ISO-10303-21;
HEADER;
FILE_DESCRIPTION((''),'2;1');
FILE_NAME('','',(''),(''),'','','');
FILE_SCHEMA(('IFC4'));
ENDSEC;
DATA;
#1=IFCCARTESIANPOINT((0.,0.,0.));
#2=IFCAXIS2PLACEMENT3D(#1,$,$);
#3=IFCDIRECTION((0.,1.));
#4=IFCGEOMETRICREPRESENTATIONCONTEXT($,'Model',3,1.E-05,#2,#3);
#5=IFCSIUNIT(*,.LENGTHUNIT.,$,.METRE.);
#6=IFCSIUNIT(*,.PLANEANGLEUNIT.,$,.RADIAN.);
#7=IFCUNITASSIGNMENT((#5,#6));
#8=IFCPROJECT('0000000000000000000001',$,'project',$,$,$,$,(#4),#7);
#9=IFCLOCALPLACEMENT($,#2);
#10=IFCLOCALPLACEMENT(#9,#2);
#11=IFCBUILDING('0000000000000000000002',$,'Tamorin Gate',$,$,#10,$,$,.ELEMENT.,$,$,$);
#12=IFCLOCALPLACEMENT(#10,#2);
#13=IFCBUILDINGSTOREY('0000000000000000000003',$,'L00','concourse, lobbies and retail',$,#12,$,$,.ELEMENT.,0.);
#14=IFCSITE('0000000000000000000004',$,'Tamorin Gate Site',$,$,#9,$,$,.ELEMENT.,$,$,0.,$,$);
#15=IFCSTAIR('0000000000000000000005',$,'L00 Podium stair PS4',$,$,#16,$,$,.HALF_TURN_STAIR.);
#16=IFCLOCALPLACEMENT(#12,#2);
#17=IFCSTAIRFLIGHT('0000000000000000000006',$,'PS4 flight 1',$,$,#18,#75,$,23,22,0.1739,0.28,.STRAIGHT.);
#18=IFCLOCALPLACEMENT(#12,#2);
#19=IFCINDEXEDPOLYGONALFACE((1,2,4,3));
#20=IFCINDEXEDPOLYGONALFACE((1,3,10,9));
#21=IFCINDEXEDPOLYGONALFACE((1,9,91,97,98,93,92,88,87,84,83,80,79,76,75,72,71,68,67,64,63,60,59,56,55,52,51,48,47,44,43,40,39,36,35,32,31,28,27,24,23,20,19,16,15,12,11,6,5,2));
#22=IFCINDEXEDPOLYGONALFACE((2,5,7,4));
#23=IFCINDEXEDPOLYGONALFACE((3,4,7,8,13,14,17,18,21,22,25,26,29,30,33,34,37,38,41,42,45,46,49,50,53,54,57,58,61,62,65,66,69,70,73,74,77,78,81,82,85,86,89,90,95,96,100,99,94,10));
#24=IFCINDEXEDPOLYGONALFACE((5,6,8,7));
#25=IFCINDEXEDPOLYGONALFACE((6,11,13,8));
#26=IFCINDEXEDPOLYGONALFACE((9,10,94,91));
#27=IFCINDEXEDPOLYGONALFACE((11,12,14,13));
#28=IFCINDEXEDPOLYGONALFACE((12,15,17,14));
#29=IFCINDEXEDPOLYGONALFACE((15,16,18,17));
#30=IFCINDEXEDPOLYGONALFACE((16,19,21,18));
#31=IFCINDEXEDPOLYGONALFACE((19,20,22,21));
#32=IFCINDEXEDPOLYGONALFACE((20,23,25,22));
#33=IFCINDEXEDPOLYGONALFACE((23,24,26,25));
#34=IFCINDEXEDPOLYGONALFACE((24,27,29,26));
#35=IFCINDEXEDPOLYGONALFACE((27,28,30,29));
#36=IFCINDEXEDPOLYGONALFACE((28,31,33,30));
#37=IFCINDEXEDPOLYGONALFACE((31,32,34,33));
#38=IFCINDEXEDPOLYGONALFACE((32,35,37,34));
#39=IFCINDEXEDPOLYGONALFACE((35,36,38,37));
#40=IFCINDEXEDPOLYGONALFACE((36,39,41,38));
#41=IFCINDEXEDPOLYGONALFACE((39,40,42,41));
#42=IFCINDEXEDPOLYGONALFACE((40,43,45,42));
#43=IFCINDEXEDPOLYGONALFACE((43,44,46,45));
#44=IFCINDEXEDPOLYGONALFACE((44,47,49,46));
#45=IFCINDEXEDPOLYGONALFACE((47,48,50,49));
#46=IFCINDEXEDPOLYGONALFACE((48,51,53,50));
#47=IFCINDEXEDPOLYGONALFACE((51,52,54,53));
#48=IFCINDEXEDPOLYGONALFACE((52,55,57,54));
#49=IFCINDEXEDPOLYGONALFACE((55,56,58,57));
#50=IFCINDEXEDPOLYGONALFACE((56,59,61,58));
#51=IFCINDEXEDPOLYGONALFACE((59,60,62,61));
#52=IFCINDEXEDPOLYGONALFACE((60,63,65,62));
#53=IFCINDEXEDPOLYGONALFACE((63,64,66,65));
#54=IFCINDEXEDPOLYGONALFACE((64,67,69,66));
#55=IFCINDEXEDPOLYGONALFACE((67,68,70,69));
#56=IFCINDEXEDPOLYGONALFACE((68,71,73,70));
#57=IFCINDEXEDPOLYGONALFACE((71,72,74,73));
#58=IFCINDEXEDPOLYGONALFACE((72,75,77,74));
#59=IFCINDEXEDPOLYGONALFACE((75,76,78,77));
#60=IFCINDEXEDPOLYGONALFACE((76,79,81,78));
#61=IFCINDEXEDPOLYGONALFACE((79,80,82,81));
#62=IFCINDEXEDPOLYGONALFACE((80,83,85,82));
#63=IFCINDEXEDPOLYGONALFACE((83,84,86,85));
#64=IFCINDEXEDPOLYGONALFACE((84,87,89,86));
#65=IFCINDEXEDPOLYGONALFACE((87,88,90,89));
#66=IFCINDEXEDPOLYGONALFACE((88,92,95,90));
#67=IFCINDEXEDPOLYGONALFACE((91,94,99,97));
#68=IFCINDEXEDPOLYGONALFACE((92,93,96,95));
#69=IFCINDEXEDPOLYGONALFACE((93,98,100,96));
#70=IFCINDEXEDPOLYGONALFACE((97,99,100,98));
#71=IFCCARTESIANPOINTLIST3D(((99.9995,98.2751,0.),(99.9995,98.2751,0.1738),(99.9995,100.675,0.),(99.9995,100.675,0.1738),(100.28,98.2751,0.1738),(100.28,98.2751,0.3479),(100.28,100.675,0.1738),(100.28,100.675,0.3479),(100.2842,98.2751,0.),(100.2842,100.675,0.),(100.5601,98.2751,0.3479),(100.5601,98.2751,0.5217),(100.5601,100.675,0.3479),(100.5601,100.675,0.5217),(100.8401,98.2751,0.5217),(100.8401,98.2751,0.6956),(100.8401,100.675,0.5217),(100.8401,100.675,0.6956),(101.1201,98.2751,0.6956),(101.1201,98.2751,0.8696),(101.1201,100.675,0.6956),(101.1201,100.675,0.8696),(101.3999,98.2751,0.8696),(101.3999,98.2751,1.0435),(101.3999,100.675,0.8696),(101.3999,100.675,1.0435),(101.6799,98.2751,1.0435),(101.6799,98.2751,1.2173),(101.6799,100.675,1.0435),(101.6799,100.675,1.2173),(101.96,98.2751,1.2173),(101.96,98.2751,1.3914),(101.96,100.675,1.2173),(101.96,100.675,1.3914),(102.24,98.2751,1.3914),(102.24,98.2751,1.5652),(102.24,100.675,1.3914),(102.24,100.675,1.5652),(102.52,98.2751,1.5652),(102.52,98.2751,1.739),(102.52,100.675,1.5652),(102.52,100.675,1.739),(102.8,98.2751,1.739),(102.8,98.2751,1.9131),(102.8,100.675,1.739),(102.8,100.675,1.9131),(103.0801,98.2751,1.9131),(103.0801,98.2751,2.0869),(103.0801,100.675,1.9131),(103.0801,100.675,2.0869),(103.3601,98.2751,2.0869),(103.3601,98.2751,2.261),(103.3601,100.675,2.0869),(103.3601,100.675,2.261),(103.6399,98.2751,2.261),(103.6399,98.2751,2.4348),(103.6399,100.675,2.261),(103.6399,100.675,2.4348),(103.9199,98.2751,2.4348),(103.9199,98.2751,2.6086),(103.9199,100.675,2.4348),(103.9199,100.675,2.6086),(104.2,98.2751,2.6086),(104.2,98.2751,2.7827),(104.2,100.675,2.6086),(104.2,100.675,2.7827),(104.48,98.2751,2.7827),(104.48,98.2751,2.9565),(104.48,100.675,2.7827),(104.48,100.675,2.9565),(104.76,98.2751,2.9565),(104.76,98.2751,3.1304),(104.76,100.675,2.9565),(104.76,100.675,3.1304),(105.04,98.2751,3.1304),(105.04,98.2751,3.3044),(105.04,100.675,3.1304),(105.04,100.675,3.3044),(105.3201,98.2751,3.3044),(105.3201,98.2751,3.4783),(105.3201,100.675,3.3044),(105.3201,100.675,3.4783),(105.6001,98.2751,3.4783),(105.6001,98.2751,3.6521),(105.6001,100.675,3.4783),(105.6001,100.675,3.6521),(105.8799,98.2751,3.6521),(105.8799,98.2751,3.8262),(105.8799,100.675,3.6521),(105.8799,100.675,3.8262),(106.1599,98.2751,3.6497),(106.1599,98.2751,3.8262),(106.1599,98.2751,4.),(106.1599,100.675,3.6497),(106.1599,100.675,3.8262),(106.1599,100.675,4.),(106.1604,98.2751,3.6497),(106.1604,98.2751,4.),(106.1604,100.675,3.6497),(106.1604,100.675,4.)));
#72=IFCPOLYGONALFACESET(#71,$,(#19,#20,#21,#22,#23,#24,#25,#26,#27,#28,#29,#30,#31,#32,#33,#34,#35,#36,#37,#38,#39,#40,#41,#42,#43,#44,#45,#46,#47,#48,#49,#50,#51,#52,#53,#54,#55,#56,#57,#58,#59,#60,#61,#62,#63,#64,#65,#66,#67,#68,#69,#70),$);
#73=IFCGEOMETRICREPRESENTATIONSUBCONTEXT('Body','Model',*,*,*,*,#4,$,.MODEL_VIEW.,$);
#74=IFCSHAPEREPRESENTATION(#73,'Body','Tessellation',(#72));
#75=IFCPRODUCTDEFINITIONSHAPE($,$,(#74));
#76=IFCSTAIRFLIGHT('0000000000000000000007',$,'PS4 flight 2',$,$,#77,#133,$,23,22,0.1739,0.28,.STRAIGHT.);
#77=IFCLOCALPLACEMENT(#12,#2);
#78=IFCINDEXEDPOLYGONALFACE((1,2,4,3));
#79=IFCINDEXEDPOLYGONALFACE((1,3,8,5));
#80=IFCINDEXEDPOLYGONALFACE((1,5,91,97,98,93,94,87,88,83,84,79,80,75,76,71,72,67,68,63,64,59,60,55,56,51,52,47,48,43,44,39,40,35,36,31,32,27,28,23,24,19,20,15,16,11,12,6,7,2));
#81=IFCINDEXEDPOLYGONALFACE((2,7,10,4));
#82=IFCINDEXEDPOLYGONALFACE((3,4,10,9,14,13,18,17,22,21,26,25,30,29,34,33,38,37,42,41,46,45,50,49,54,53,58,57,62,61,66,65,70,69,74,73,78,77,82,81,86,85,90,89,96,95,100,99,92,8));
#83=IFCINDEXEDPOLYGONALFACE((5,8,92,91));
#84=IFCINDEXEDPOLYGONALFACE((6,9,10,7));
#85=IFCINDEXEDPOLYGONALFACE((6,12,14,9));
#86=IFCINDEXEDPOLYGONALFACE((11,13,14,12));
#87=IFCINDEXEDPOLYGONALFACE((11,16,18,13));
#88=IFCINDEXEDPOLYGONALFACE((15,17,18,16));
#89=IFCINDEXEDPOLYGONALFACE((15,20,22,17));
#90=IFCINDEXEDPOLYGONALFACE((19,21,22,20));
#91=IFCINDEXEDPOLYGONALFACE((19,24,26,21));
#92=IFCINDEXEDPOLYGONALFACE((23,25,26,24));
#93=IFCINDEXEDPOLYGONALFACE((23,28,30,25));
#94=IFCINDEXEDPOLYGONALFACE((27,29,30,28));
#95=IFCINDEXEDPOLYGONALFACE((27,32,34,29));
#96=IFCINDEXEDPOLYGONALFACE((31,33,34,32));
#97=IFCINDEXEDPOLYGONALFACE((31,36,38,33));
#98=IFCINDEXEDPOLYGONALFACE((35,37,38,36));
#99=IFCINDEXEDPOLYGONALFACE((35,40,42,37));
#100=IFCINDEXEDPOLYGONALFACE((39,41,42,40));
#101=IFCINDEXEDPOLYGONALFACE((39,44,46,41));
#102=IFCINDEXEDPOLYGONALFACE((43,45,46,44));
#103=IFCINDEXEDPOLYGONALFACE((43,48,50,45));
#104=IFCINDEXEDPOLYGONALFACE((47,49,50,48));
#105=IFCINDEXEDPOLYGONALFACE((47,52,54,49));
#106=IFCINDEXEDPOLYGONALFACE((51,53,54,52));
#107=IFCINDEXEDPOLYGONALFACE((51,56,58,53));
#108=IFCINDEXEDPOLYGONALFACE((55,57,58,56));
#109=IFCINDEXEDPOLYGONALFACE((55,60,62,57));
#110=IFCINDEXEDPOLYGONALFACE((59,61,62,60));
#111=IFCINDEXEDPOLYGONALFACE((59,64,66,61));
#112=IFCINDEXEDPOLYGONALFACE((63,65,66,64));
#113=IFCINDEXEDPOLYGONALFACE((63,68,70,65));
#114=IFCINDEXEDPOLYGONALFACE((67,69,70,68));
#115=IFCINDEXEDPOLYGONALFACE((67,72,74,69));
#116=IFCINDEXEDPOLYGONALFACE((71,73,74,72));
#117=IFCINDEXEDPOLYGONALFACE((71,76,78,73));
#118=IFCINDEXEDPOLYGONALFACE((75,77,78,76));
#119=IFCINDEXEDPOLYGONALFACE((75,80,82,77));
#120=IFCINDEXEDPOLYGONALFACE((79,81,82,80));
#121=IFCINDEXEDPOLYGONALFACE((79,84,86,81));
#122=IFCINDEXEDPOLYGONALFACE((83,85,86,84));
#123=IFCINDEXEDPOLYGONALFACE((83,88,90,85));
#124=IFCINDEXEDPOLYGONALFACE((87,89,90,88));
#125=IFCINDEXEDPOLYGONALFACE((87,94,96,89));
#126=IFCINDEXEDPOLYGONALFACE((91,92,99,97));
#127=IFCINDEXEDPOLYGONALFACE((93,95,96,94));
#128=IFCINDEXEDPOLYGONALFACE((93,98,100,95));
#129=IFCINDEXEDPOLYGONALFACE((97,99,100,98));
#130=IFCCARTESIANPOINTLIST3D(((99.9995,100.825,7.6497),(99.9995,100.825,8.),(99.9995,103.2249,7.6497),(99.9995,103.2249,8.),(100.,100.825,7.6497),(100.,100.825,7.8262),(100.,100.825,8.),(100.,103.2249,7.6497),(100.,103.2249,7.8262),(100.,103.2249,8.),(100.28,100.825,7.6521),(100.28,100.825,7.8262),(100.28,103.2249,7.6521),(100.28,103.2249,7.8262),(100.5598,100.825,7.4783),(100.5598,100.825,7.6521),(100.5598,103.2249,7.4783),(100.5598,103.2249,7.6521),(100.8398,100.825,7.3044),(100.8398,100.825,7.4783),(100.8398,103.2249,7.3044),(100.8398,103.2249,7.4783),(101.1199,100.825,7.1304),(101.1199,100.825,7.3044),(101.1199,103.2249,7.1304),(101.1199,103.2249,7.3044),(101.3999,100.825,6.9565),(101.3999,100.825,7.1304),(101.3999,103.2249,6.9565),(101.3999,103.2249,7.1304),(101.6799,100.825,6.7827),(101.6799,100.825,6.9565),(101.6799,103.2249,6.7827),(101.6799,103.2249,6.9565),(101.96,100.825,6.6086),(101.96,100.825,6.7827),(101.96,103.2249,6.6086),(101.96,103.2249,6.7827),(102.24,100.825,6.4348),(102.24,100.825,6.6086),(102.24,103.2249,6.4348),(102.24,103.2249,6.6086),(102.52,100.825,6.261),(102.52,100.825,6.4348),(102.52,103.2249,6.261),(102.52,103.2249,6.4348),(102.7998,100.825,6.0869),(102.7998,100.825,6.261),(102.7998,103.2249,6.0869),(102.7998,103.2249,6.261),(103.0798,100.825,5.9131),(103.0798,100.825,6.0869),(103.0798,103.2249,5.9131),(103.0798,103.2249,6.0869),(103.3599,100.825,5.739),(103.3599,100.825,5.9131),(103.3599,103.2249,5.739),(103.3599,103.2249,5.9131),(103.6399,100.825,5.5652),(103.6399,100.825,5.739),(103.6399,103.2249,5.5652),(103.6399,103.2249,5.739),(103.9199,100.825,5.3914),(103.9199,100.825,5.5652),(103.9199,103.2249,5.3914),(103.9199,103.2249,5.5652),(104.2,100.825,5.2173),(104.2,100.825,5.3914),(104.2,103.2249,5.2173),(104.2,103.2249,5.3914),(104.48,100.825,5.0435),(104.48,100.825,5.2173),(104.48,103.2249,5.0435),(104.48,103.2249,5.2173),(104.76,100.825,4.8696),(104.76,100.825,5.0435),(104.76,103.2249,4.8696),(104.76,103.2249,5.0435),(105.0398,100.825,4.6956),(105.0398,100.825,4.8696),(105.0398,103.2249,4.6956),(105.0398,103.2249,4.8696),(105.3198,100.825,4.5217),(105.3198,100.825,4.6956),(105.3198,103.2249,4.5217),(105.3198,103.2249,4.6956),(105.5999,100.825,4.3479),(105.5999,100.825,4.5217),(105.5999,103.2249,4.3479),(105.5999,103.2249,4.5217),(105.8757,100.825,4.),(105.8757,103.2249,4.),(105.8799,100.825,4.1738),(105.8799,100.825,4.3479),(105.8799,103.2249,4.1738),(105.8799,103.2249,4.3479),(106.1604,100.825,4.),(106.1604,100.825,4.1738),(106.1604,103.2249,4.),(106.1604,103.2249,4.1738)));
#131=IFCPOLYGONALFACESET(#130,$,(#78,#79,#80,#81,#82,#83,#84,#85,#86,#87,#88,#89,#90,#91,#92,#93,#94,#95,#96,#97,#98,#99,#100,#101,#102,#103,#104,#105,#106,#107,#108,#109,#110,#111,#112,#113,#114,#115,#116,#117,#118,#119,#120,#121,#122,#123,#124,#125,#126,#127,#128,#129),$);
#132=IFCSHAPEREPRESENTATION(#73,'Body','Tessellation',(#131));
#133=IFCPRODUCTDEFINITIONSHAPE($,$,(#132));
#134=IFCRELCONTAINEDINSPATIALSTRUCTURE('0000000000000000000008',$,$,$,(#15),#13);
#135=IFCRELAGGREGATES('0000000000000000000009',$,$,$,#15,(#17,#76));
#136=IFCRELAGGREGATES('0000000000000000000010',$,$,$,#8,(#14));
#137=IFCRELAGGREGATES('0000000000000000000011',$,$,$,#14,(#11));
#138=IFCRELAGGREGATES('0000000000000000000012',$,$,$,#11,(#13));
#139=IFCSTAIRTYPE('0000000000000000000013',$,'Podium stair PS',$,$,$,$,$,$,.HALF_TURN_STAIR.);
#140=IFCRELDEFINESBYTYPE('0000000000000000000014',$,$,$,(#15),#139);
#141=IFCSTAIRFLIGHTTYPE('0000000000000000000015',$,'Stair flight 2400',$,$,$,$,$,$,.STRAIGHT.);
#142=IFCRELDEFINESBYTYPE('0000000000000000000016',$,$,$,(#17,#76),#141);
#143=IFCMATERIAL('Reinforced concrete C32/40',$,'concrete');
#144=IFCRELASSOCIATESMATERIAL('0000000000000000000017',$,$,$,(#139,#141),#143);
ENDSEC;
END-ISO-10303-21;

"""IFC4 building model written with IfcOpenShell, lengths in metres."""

from ifc_helpers import new_model, si_unit, direction, frame, origin, place, context, subcontext, project, spatial, polyline, outline, extrude, material, type_object, element, aggregate, save


model = new_model("IFC4")

# Units and contexts
model_context = context("Model", 3, precision=1e-05, world=origin(), true_north=direction((0.0, 1.0)))
body_context = subcontext(model_context, "Body", "Model", "MODEL_VIEW")
ifc_project = project(units=[si_unit("LENGTHUNIT", "METRE"), si_unit("PLANEANGLEUNIT", "RADIAN")], contexts=[model_context])

# Site, building, storey
site_placement = place(None, origin())
site = spatial("IfcSite", under=ifc_project, at=site_placement, Name="Tamorin Gate Site", CompositionType="ELEMENT", RefElevation=0.0)
building_placement = place(site_placement, origin())
building = spatial("IfcBuilding", under=site, at=building_placement, Name="Tamorin Gate", CompositionType="ELEMENT")
storey_placement = place(building_placement, origin())
storey = spatial("IfcBuildingStorey", under=building, at=storey_placement, Name="L00", Description="concourse, lobbies and retail", CompositionType="ELEMENT", Elevation=0.0)

# Shared definitions
ifc_material_1 = material(Name="Reinforced concrete C32/40", Category="concrete")

# Stair, stair flights
stair_type = type_object("IfcStairType", Name="Podium stair PS", PredefinedType="HALF_TURN_STAIR", material=ifc_material_1)
stair_placement = place(storey_placement, origin())
stair = element("IfcStair", 1, at=stair_placement, inside=storey, type_object=stair_type, Name="L00 Podium stair PS4", PredefinedType="HALF_TURN_STAIR")
stair_flight_type = type_object("IfcStairFlightType", Name="Stair flight 2400", PredefinedType="STRAIGHT", material=ifc_material_1)
stair_flight_1_placement = place(storey_placement, frame((100.0, 99.4751, 0.0), z_axis=(0.0, 0.0, 1.0), x_axis=(1.0, 0.0, 0.0)))
stair_flight_1 = element("IfcStairFlight", 2, at=stair_flight_1_placement, type_object=stair_flight_type, Name="PS4 flight 1", NumberOfRisers=23, NumberOfTreads=22, PredefinedType="STRAIGHT", RiserHeight=0.1739, TreadLength=0.28, context=body_context, shape_type="SweptSolid", body=[
    extrude(outline(polyline([(-0.0005, 0.0), (-0.0005, 0.1738), (0.28, 0.1738), (0.28, 0.3479), (0.5601, 0.3479), (0.5601, 0.5217), (0.8401, 0.5217), (0.8401, 0.6956), (1.1201, 0.6956), (1.1201, 0.8696), (1.3999, 0.8696), (1.3999, 1.0435), (1.6799, 1.0435), (1.6799, 1.2173), (1.96, 1.2173), (1.96, 1.3914), (2.24, 1.3914), (2.24, 1.5652), (2.52, 1.5652), (2.52, 1.739), (2.8, 1.739), (2.8, 1.9131), (3.0801, 1.9131), (3.0801, 2.0869), (3.3601, 2.0869), (3.3601, 2.261), (3.6399, 2.261), (3.6399, 2.4348), (3.9199, 2.4348), (3.9199, 2.6086), (4.2, 2.6086), (4.2, 2.7827), (4.48, 2.7827), (4.48, 2.9565), (4.76, 2.9565), (4.76, 3.1304), (5.04, 3.1304), (5.04, 3.3044), (5.3201, 3.3044), (5.3201, 3.4783), (5.6001, 3.4783), (5.6001, 3.6521), (5.8799, 3.6521), (5.8799, 3.8262), (6.1599, 3.8262), (6.1599, 4.0), (6.1604, 4.0), (6.1604, 3.6497), (6.1599, 3.6497), (0.2842, 0.0), (-0.0005, 0.0)])), frame((0.0, 1.2, 0.0), z_axis=(0.0, -1.0, 0.0), x_axis=(1.0, 0.0, 0.0)), (0.0, 0.0, 1.0), 2.3999),
])
stair_flight_2_placement = place(storey_placement, frame((106.1599, 102.0249, 4.0), z_axis=(0.0, 0.0, 1.0), x_axis=(-1.0, 0.0, 0.0)))
stair_flight_2 = element("IfcStairFlight", 3, at=stair_flight_2_placement, type_object=stair_flight_type, Name="PS4 flight 2", NumberOfRisers=23, NumberOfTreads=22, PredefinedType="STRAIGHT", RiserHeight=0.1739, TreadLength=0.28, context=body_context, shape_type="SweptSolid", body=[
    extrude(outline(polyline([(-0.0005, 0.0), (-0.0005, 0.1738), (0.28, 0.1738), (0.28, 0.3479), (0.5601, 0.3479), (0.5601, 0.5217), (0.8401, 0.5217), (0.8401, 0.6956), (1.1201, 0.6956), (1.1201, 0.8696), (1.3999, 0.8696), (1.3999, 1.0435), (1.6799, 1.0435), (1.6799, 1.2173), (1.96, 1.2173), (1.96, 1.3914), (2.24, 1.3914), (2.24, 1.5652), (2.52, 1.5652), (2.52, 1.739), (2.8, 1.739), (2.8, 1.9131), (3.0801, 1.9131), (3.0801, 2.0869), (3.3601, 2.0869), (3.3601, 2.261), (3.6399, 2.261), (3.6399, 2.4348), (3.9199, 2.4348), (3.9199, 2.6086), (4.2, 2.6086), (4.2, 2.7827), (4.48, 2.7827), (4.48, 2.9565), (4.76, 2.9565), (4.76, 3.1304), (5.04, 3.1304), (5.04, 3.3044), (5.3201, 3.3044), (5.3201, 3.4783), (5.6001, 3.4783), (5.6001, 3.6521), (5.8799, 3.6521), (5.8799, 3.8262), (6.1599, 3.8262), (6.1599, 4.0), (6.1604, 4.0), (6.1604, 3.6497), (6.1599, 3.6497), (0.2842, 0.0), (-0.0005, 0.0)])), frame((0.0, 1.2, 0.0), z_axis=(0.0, -1.0, 0.0), x_axis=(1.0, 0.0, 0.0)), (0.0, 0.0, 1.0), 2.3999),
])
aggregate(stair, [stair_flight_1, stair_flight_2])

save(model, "model.ifc")
